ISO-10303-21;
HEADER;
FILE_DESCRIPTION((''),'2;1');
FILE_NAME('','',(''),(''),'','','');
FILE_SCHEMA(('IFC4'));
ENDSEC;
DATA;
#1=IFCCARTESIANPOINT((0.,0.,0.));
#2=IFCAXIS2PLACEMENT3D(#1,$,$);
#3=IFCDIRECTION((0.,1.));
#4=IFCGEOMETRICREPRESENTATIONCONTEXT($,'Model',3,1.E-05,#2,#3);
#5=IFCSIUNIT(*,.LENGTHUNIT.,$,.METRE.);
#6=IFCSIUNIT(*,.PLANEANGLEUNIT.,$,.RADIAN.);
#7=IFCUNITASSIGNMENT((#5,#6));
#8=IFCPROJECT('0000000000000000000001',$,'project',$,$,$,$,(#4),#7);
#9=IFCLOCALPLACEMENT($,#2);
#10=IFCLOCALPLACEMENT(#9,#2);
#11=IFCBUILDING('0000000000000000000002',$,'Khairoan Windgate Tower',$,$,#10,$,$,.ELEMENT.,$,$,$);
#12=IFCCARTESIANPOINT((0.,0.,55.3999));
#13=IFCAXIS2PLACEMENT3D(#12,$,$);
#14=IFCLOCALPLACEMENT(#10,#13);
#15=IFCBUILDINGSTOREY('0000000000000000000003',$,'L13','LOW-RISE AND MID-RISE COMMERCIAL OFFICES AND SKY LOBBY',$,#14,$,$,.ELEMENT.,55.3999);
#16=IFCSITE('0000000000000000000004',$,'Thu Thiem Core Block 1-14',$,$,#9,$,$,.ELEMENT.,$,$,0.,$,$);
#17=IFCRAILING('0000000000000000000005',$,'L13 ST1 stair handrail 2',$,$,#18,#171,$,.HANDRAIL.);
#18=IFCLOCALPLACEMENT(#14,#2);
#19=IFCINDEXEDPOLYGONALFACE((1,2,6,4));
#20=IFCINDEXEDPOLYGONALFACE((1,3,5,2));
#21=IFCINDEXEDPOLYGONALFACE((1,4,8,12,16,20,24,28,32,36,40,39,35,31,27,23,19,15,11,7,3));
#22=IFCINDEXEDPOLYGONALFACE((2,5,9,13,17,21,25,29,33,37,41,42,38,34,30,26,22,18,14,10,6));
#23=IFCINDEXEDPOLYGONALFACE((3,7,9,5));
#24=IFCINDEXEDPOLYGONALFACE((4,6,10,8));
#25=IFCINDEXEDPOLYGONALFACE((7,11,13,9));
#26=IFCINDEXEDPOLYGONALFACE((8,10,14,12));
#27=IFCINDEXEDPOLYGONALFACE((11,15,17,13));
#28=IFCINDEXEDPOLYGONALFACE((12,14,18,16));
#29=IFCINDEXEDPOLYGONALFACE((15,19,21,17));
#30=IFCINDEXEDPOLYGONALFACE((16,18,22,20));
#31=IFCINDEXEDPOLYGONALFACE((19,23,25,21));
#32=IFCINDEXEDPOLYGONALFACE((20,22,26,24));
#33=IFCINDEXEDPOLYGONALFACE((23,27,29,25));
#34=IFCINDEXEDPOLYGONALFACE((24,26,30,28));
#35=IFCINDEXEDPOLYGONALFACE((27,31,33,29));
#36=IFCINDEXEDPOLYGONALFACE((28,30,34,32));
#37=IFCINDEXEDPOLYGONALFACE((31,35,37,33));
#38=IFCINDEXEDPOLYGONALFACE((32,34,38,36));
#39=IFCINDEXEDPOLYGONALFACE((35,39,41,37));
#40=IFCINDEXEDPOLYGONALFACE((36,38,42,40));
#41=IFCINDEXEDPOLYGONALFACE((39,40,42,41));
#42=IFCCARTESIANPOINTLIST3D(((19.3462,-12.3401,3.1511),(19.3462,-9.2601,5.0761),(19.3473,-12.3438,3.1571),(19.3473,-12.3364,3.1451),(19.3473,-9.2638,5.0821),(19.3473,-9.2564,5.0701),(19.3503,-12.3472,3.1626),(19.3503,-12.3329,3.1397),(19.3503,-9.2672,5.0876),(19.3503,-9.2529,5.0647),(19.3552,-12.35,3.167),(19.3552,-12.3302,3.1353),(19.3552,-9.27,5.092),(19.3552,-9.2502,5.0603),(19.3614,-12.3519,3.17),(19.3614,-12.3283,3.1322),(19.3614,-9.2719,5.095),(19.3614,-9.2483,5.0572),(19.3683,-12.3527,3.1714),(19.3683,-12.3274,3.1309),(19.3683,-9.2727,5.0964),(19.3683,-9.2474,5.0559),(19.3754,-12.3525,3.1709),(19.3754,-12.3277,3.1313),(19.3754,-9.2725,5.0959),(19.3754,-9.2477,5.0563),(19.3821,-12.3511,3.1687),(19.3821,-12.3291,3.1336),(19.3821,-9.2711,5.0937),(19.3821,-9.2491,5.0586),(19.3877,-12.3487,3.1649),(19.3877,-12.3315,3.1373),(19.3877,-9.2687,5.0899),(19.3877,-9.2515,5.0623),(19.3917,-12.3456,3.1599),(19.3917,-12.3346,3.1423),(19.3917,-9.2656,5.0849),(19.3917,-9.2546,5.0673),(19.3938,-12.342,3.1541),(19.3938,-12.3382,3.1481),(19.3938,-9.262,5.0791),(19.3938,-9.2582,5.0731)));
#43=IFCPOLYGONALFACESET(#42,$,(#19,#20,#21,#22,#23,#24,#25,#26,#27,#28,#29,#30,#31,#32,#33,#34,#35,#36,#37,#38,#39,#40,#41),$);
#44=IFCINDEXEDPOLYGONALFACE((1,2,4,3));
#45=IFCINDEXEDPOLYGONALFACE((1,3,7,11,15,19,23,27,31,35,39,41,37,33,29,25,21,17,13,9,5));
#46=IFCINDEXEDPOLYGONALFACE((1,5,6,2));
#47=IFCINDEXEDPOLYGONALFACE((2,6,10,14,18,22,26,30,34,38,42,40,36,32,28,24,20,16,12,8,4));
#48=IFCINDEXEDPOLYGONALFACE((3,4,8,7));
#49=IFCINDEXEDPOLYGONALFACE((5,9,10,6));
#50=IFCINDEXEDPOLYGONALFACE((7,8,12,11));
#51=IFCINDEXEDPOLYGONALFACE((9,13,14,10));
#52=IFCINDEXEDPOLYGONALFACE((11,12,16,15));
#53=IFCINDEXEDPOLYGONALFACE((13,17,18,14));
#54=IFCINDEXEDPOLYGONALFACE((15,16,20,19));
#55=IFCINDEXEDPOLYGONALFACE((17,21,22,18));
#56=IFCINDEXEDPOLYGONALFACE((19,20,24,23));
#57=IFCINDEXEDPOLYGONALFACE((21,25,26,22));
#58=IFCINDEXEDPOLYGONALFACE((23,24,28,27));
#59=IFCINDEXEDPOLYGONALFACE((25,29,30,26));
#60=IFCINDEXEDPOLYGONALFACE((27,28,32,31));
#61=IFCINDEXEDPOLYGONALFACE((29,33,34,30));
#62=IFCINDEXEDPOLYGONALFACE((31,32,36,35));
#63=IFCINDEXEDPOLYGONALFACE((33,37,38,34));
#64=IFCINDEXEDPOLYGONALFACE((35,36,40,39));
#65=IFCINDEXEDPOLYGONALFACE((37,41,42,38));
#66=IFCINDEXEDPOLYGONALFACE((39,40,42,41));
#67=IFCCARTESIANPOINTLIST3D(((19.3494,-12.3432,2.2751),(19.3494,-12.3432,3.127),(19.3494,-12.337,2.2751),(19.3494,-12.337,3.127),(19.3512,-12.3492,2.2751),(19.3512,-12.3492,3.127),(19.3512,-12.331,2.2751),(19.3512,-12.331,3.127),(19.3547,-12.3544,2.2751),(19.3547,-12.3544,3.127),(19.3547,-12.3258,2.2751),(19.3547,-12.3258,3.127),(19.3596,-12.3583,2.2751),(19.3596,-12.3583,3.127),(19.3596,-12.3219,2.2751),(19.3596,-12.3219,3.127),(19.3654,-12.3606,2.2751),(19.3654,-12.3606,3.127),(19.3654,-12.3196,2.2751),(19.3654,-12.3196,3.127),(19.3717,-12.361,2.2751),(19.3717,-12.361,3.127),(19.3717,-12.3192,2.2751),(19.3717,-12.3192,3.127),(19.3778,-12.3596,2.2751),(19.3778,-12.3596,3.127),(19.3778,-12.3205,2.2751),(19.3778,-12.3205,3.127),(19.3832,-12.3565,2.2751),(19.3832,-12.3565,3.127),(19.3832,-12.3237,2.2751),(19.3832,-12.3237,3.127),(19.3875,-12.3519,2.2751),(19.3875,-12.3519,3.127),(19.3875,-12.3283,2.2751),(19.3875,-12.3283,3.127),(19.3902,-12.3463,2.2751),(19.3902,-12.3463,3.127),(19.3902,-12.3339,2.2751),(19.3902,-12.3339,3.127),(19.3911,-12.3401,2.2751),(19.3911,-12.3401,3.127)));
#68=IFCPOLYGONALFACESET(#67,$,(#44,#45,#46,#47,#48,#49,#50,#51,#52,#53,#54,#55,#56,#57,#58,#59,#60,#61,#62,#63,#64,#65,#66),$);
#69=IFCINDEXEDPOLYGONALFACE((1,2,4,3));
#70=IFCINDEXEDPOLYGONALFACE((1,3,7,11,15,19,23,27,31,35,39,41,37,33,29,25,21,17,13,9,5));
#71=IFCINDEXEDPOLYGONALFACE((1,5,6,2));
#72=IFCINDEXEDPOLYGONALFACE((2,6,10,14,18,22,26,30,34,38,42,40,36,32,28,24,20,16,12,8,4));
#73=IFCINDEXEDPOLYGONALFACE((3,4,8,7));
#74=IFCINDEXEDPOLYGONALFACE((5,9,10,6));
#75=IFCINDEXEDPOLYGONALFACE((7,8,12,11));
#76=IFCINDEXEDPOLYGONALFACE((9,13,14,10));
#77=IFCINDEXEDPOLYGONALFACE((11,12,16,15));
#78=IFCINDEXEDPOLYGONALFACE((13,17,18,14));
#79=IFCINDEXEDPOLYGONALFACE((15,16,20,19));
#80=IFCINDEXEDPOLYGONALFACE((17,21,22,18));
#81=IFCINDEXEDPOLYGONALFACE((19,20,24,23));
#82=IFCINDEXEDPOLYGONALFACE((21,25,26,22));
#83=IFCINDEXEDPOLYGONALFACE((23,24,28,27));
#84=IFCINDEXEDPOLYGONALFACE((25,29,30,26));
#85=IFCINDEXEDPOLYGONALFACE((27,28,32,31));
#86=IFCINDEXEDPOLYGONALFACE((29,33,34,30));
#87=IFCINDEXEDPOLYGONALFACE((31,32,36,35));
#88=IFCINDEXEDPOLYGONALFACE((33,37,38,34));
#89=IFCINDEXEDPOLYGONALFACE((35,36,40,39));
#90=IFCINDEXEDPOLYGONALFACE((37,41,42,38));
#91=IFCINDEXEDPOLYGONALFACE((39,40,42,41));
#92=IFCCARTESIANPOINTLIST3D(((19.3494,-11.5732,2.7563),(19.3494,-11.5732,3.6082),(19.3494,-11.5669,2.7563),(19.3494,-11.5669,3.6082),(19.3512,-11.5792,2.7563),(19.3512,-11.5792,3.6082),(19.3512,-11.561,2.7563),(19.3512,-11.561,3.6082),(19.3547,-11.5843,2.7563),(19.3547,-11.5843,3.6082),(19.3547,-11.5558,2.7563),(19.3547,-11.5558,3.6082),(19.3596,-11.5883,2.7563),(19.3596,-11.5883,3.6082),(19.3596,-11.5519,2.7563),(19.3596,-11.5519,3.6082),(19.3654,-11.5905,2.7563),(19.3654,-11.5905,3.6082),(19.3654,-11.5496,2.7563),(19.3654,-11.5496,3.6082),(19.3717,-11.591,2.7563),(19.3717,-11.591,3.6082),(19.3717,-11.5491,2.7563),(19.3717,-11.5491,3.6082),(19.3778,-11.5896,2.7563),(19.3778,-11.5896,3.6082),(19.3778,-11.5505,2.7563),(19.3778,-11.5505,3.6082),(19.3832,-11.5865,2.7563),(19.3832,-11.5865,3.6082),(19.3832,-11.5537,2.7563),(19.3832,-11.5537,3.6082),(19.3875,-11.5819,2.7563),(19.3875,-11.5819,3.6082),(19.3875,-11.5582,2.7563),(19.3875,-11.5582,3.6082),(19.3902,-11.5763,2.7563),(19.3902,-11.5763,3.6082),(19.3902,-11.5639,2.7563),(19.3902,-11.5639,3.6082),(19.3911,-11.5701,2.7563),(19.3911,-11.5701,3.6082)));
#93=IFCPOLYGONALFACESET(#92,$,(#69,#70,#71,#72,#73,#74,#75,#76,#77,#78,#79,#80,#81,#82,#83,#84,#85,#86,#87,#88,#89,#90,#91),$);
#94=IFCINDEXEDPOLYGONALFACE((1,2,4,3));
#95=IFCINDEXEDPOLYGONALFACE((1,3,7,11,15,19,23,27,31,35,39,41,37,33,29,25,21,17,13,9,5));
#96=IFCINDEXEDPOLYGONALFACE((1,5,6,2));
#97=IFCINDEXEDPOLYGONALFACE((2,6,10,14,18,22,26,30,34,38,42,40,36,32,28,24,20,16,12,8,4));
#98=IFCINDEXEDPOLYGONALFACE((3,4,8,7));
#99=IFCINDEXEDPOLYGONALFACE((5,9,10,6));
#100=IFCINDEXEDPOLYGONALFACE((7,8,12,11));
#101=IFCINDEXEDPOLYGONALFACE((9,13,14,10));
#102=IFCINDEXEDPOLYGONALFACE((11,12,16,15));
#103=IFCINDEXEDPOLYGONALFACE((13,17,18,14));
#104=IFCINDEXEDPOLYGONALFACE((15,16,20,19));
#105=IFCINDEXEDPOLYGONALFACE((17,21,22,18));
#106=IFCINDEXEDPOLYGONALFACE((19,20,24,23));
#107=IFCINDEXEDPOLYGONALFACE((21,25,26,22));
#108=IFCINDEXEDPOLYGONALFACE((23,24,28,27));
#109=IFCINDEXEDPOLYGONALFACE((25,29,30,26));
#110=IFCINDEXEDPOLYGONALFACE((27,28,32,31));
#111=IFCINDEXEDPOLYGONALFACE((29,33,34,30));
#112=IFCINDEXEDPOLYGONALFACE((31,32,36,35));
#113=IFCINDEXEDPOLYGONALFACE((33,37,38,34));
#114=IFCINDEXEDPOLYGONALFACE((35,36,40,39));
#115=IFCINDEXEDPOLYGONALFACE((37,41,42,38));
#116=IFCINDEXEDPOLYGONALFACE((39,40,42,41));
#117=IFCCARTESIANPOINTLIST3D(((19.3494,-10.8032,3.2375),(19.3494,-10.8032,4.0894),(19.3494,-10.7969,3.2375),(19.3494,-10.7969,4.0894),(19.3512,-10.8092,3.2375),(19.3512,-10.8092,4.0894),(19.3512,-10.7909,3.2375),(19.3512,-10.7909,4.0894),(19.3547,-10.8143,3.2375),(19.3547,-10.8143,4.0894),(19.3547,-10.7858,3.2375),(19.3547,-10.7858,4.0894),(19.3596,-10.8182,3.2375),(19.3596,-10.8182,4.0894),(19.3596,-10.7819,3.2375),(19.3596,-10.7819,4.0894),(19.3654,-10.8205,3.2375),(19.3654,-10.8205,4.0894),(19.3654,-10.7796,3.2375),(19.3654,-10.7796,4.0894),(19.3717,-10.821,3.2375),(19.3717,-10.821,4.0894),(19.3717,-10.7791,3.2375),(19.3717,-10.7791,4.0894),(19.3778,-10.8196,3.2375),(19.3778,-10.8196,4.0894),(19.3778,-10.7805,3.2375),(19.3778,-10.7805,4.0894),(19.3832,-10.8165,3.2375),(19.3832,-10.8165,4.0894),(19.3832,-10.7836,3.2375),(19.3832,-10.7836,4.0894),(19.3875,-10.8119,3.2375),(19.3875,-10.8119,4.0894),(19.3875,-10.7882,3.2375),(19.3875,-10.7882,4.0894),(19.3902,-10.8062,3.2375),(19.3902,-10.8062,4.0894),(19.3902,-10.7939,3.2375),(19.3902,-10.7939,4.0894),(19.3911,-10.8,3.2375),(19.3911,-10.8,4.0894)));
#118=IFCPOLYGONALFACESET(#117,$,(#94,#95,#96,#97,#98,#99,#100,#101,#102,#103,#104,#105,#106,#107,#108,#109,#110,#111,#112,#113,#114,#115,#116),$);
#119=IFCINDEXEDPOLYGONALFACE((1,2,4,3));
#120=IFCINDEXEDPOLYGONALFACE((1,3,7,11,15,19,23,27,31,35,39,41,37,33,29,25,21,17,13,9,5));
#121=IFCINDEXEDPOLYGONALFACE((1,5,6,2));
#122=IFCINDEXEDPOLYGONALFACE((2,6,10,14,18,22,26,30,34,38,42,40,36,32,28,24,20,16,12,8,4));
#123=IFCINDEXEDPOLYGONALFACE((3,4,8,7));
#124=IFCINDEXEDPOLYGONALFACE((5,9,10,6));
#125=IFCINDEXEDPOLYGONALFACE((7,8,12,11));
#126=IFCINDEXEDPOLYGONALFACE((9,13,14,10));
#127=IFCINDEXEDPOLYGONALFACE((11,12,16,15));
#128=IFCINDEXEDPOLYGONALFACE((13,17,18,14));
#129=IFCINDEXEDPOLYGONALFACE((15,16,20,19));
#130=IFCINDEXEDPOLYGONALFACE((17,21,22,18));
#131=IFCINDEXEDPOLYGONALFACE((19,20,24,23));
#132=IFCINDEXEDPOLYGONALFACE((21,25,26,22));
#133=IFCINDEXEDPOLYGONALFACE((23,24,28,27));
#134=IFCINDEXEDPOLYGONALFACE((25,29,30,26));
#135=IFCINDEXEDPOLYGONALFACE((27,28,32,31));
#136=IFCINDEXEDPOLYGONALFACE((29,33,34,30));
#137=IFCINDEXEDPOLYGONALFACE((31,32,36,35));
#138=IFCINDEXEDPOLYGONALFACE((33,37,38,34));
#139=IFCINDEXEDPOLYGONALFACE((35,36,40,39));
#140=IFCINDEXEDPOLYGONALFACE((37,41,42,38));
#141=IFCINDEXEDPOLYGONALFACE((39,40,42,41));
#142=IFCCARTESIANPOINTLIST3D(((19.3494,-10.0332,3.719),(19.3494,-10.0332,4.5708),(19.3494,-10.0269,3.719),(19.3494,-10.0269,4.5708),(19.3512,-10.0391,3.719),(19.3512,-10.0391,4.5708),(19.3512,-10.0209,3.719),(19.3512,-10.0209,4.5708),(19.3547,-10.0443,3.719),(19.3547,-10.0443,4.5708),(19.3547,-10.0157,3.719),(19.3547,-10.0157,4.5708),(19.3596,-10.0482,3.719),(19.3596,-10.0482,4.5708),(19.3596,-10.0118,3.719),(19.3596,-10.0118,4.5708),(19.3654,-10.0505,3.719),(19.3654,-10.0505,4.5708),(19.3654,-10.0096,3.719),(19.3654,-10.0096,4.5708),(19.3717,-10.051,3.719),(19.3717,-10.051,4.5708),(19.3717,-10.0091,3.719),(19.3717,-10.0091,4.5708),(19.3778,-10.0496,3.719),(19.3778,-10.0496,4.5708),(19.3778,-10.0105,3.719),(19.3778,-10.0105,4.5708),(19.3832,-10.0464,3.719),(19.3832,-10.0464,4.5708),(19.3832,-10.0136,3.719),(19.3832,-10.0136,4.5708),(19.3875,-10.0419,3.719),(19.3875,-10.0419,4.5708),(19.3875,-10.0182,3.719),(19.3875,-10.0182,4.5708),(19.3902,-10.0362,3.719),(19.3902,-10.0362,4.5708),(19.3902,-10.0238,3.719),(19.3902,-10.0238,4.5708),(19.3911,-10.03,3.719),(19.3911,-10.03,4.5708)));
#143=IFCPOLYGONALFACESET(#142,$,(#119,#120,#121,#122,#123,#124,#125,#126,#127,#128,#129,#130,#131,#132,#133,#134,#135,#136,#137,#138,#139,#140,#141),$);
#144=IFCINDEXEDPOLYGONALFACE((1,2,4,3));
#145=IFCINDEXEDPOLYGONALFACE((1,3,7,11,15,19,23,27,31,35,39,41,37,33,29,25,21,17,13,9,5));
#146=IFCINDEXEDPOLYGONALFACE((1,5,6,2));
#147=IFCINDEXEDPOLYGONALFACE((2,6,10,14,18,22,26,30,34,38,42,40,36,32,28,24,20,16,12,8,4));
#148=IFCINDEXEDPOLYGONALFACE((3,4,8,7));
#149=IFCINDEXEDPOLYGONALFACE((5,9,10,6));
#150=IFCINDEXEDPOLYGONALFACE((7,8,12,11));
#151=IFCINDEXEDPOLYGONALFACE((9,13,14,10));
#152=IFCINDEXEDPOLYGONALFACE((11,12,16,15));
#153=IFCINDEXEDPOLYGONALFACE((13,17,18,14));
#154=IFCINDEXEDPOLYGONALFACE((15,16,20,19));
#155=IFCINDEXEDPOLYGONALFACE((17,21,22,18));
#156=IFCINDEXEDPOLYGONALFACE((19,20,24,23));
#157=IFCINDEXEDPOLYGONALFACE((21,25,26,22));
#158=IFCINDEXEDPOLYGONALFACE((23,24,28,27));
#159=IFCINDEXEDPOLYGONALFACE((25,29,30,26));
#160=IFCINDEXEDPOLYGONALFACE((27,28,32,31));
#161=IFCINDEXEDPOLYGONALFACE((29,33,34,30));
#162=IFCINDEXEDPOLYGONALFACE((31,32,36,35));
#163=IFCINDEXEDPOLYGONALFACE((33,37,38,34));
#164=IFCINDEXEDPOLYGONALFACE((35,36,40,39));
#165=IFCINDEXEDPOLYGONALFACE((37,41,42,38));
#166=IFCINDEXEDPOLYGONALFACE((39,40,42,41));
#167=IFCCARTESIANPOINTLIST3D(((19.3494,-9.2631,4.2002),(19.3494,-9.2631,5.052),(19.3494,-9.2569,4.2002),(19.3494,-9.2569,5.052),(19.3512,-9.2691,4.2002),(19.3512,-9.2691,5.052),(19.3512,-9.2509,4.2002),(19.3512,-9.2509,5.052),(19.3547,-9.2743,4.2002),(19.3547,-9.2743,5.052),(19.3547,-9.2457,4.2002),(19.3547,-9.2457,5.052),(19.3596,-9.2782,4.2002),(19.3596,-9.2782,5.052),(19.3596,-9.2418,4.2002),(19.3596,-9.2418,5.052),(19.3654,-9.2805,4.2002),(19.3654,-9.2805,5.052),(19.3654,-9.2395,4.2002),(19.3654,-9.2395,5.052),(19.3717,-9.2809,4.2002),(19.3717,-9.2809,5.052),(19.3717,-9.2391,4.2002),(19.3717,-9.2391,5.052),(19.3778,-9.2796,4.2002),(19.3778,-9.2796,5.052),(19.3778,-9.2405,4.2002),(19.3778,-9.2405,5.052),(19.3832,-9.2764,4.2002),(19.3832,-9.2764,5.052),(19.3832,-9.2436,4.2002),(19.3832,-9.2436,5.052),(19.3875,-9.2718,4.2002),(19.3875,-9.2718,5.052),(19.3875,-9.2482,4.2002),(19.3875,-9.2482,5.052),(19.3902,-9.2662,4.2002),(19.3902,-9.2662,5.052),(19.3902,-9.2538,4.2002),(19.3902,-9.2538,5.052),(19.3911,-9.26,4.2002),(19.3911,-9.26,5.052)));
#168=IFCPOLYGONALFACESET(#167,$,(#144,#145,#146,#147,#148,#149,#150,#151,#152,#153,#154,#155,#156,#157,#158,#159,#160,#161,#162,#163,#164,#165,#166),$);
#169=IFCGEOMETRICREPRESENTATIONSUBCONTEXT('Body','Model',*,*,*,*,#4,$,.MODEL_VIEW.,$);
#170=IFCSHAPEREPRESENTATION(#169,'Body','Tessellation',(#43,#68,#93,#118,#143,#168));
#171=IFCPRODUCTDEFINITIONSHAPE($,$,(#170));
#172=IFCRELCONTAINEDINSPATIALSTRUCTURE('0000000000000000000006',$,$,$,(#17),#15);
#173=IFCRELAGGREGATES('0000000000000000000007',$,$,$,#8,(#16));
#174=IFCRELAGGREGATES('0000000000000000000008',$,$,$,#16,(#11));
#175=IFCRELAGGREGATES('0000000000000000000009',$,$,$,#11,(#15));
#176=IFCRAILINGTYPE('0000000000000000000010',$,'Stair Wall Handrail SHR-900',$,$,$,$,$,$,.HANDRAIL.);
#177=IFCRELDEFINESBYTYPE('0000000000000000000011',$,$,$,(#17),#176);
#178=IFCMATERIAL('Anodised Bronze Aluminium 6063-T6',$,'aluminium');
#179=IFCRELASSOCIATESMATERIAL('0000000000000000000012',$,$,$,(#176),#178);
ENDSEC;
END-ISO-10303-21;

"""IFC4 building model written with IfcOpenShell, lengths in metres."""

from ifc_helpers import new_model, si_unit, direction, frame, origin, origin_2d, place, context, subcontext, project, spatial, circle, extrude, material, type_object, element, save


model = new_model("IFC4")

# Units and contexts
model_context = context("Model", 3, precision=1e-05, world=origin(), true_north=direction((0.0, 1.0)))
body_context = subcontext(model_context, "Body", "Model", "MODEL_VIEW")
ifc_project = project(units=[si_unit("LENGTHUNIT", "METRE"), si_unit("PLANEANGLEUNIT", "RADIAN")], contexts=[model_context])

# Site, building, storey
site_placement = place(None, origin())
site = spatial("IfcSite", under=ifc_project, at=site_placement, Name="Thu Thiem Core Block 1-14", CompositionType="ELEMENT", RefElevation=0.0)
building_placement = place(site_placement, origin())
building = spatial("IfcBuilding", under=site, at=building_placement, Name="Khairoan Windgate Tower", CompositionType="ELEMENT")
storey_placement = place(building_placement, frame((0.0, 0.0, 55.3999)))
storey = spatial("IfcBuildingStorey", under=building, at=storey_placement, Name="L13", Description="LOW-RISE AND MID-RISE COMMERCIAL OFFICES AND SKY LOBBY", CompositionType="ELEMENT", Elevation=55.3999)

# Railing
ifc_material_1 = material(Name="Anodised Bronze Aluminium 6063-T6", Category="aluminium")
railing_type_1 = type_object("IfcRailingType", Name="Stair Wall Handrail SHR-900", PredefinedType="HANDRAIL", material=ifc_material_1)
railing_1_placement = place(storey_placement, frame((19.3701, -12.3401, 2.2751)))
element("IfcRailing", 1, at=railing_1_placement, inside=storey, type_object=railing_type_1, Name="L13 ST1 stair handrail 2", PredefinedType="HANDRAIL", context=body_context, shape_type="SweptSolid", body=[
    extrude(circle(Radius=0.0239, at=origin_2d()), frame((0.0, 0.0, 0.876), z_axis=(0.0, 0.847998, 0.529999), x_axis=(-1.0, 0.0, 0.0)), (0.0, 0.0, 1.0), 3.6321),
    extrude(circle(Radius=0.021, at=origin_2d()), origin(), (0.0, 0.0, 1.0), 0.8518),
    extrude(circle(Radius=0.021, at=origin_2d()), frame((0.0, 0.77, 0.4812)), (0.0, 0.0, 1.0), 0.8518),
    extrude(circle(Radius=0.021, at=origin_2d()), frame((0.0, 1.54, 0.9624)), (0.0, 0.0, 1.0), 0.8518),
    extrude(circle(Radius=0.021, at=origin_2d()), frame((0.0, 2.3101, 1.4438)), (0.0, 0.0, 1.0), 0.8518),
    extrude(circle(Radius=0.021, at=origin_2d()), frame((0.0, 3.0801, 1.925)), (0.0, 0.0, 1.0), 0.8518),
])

save(model, "model.ifc")
